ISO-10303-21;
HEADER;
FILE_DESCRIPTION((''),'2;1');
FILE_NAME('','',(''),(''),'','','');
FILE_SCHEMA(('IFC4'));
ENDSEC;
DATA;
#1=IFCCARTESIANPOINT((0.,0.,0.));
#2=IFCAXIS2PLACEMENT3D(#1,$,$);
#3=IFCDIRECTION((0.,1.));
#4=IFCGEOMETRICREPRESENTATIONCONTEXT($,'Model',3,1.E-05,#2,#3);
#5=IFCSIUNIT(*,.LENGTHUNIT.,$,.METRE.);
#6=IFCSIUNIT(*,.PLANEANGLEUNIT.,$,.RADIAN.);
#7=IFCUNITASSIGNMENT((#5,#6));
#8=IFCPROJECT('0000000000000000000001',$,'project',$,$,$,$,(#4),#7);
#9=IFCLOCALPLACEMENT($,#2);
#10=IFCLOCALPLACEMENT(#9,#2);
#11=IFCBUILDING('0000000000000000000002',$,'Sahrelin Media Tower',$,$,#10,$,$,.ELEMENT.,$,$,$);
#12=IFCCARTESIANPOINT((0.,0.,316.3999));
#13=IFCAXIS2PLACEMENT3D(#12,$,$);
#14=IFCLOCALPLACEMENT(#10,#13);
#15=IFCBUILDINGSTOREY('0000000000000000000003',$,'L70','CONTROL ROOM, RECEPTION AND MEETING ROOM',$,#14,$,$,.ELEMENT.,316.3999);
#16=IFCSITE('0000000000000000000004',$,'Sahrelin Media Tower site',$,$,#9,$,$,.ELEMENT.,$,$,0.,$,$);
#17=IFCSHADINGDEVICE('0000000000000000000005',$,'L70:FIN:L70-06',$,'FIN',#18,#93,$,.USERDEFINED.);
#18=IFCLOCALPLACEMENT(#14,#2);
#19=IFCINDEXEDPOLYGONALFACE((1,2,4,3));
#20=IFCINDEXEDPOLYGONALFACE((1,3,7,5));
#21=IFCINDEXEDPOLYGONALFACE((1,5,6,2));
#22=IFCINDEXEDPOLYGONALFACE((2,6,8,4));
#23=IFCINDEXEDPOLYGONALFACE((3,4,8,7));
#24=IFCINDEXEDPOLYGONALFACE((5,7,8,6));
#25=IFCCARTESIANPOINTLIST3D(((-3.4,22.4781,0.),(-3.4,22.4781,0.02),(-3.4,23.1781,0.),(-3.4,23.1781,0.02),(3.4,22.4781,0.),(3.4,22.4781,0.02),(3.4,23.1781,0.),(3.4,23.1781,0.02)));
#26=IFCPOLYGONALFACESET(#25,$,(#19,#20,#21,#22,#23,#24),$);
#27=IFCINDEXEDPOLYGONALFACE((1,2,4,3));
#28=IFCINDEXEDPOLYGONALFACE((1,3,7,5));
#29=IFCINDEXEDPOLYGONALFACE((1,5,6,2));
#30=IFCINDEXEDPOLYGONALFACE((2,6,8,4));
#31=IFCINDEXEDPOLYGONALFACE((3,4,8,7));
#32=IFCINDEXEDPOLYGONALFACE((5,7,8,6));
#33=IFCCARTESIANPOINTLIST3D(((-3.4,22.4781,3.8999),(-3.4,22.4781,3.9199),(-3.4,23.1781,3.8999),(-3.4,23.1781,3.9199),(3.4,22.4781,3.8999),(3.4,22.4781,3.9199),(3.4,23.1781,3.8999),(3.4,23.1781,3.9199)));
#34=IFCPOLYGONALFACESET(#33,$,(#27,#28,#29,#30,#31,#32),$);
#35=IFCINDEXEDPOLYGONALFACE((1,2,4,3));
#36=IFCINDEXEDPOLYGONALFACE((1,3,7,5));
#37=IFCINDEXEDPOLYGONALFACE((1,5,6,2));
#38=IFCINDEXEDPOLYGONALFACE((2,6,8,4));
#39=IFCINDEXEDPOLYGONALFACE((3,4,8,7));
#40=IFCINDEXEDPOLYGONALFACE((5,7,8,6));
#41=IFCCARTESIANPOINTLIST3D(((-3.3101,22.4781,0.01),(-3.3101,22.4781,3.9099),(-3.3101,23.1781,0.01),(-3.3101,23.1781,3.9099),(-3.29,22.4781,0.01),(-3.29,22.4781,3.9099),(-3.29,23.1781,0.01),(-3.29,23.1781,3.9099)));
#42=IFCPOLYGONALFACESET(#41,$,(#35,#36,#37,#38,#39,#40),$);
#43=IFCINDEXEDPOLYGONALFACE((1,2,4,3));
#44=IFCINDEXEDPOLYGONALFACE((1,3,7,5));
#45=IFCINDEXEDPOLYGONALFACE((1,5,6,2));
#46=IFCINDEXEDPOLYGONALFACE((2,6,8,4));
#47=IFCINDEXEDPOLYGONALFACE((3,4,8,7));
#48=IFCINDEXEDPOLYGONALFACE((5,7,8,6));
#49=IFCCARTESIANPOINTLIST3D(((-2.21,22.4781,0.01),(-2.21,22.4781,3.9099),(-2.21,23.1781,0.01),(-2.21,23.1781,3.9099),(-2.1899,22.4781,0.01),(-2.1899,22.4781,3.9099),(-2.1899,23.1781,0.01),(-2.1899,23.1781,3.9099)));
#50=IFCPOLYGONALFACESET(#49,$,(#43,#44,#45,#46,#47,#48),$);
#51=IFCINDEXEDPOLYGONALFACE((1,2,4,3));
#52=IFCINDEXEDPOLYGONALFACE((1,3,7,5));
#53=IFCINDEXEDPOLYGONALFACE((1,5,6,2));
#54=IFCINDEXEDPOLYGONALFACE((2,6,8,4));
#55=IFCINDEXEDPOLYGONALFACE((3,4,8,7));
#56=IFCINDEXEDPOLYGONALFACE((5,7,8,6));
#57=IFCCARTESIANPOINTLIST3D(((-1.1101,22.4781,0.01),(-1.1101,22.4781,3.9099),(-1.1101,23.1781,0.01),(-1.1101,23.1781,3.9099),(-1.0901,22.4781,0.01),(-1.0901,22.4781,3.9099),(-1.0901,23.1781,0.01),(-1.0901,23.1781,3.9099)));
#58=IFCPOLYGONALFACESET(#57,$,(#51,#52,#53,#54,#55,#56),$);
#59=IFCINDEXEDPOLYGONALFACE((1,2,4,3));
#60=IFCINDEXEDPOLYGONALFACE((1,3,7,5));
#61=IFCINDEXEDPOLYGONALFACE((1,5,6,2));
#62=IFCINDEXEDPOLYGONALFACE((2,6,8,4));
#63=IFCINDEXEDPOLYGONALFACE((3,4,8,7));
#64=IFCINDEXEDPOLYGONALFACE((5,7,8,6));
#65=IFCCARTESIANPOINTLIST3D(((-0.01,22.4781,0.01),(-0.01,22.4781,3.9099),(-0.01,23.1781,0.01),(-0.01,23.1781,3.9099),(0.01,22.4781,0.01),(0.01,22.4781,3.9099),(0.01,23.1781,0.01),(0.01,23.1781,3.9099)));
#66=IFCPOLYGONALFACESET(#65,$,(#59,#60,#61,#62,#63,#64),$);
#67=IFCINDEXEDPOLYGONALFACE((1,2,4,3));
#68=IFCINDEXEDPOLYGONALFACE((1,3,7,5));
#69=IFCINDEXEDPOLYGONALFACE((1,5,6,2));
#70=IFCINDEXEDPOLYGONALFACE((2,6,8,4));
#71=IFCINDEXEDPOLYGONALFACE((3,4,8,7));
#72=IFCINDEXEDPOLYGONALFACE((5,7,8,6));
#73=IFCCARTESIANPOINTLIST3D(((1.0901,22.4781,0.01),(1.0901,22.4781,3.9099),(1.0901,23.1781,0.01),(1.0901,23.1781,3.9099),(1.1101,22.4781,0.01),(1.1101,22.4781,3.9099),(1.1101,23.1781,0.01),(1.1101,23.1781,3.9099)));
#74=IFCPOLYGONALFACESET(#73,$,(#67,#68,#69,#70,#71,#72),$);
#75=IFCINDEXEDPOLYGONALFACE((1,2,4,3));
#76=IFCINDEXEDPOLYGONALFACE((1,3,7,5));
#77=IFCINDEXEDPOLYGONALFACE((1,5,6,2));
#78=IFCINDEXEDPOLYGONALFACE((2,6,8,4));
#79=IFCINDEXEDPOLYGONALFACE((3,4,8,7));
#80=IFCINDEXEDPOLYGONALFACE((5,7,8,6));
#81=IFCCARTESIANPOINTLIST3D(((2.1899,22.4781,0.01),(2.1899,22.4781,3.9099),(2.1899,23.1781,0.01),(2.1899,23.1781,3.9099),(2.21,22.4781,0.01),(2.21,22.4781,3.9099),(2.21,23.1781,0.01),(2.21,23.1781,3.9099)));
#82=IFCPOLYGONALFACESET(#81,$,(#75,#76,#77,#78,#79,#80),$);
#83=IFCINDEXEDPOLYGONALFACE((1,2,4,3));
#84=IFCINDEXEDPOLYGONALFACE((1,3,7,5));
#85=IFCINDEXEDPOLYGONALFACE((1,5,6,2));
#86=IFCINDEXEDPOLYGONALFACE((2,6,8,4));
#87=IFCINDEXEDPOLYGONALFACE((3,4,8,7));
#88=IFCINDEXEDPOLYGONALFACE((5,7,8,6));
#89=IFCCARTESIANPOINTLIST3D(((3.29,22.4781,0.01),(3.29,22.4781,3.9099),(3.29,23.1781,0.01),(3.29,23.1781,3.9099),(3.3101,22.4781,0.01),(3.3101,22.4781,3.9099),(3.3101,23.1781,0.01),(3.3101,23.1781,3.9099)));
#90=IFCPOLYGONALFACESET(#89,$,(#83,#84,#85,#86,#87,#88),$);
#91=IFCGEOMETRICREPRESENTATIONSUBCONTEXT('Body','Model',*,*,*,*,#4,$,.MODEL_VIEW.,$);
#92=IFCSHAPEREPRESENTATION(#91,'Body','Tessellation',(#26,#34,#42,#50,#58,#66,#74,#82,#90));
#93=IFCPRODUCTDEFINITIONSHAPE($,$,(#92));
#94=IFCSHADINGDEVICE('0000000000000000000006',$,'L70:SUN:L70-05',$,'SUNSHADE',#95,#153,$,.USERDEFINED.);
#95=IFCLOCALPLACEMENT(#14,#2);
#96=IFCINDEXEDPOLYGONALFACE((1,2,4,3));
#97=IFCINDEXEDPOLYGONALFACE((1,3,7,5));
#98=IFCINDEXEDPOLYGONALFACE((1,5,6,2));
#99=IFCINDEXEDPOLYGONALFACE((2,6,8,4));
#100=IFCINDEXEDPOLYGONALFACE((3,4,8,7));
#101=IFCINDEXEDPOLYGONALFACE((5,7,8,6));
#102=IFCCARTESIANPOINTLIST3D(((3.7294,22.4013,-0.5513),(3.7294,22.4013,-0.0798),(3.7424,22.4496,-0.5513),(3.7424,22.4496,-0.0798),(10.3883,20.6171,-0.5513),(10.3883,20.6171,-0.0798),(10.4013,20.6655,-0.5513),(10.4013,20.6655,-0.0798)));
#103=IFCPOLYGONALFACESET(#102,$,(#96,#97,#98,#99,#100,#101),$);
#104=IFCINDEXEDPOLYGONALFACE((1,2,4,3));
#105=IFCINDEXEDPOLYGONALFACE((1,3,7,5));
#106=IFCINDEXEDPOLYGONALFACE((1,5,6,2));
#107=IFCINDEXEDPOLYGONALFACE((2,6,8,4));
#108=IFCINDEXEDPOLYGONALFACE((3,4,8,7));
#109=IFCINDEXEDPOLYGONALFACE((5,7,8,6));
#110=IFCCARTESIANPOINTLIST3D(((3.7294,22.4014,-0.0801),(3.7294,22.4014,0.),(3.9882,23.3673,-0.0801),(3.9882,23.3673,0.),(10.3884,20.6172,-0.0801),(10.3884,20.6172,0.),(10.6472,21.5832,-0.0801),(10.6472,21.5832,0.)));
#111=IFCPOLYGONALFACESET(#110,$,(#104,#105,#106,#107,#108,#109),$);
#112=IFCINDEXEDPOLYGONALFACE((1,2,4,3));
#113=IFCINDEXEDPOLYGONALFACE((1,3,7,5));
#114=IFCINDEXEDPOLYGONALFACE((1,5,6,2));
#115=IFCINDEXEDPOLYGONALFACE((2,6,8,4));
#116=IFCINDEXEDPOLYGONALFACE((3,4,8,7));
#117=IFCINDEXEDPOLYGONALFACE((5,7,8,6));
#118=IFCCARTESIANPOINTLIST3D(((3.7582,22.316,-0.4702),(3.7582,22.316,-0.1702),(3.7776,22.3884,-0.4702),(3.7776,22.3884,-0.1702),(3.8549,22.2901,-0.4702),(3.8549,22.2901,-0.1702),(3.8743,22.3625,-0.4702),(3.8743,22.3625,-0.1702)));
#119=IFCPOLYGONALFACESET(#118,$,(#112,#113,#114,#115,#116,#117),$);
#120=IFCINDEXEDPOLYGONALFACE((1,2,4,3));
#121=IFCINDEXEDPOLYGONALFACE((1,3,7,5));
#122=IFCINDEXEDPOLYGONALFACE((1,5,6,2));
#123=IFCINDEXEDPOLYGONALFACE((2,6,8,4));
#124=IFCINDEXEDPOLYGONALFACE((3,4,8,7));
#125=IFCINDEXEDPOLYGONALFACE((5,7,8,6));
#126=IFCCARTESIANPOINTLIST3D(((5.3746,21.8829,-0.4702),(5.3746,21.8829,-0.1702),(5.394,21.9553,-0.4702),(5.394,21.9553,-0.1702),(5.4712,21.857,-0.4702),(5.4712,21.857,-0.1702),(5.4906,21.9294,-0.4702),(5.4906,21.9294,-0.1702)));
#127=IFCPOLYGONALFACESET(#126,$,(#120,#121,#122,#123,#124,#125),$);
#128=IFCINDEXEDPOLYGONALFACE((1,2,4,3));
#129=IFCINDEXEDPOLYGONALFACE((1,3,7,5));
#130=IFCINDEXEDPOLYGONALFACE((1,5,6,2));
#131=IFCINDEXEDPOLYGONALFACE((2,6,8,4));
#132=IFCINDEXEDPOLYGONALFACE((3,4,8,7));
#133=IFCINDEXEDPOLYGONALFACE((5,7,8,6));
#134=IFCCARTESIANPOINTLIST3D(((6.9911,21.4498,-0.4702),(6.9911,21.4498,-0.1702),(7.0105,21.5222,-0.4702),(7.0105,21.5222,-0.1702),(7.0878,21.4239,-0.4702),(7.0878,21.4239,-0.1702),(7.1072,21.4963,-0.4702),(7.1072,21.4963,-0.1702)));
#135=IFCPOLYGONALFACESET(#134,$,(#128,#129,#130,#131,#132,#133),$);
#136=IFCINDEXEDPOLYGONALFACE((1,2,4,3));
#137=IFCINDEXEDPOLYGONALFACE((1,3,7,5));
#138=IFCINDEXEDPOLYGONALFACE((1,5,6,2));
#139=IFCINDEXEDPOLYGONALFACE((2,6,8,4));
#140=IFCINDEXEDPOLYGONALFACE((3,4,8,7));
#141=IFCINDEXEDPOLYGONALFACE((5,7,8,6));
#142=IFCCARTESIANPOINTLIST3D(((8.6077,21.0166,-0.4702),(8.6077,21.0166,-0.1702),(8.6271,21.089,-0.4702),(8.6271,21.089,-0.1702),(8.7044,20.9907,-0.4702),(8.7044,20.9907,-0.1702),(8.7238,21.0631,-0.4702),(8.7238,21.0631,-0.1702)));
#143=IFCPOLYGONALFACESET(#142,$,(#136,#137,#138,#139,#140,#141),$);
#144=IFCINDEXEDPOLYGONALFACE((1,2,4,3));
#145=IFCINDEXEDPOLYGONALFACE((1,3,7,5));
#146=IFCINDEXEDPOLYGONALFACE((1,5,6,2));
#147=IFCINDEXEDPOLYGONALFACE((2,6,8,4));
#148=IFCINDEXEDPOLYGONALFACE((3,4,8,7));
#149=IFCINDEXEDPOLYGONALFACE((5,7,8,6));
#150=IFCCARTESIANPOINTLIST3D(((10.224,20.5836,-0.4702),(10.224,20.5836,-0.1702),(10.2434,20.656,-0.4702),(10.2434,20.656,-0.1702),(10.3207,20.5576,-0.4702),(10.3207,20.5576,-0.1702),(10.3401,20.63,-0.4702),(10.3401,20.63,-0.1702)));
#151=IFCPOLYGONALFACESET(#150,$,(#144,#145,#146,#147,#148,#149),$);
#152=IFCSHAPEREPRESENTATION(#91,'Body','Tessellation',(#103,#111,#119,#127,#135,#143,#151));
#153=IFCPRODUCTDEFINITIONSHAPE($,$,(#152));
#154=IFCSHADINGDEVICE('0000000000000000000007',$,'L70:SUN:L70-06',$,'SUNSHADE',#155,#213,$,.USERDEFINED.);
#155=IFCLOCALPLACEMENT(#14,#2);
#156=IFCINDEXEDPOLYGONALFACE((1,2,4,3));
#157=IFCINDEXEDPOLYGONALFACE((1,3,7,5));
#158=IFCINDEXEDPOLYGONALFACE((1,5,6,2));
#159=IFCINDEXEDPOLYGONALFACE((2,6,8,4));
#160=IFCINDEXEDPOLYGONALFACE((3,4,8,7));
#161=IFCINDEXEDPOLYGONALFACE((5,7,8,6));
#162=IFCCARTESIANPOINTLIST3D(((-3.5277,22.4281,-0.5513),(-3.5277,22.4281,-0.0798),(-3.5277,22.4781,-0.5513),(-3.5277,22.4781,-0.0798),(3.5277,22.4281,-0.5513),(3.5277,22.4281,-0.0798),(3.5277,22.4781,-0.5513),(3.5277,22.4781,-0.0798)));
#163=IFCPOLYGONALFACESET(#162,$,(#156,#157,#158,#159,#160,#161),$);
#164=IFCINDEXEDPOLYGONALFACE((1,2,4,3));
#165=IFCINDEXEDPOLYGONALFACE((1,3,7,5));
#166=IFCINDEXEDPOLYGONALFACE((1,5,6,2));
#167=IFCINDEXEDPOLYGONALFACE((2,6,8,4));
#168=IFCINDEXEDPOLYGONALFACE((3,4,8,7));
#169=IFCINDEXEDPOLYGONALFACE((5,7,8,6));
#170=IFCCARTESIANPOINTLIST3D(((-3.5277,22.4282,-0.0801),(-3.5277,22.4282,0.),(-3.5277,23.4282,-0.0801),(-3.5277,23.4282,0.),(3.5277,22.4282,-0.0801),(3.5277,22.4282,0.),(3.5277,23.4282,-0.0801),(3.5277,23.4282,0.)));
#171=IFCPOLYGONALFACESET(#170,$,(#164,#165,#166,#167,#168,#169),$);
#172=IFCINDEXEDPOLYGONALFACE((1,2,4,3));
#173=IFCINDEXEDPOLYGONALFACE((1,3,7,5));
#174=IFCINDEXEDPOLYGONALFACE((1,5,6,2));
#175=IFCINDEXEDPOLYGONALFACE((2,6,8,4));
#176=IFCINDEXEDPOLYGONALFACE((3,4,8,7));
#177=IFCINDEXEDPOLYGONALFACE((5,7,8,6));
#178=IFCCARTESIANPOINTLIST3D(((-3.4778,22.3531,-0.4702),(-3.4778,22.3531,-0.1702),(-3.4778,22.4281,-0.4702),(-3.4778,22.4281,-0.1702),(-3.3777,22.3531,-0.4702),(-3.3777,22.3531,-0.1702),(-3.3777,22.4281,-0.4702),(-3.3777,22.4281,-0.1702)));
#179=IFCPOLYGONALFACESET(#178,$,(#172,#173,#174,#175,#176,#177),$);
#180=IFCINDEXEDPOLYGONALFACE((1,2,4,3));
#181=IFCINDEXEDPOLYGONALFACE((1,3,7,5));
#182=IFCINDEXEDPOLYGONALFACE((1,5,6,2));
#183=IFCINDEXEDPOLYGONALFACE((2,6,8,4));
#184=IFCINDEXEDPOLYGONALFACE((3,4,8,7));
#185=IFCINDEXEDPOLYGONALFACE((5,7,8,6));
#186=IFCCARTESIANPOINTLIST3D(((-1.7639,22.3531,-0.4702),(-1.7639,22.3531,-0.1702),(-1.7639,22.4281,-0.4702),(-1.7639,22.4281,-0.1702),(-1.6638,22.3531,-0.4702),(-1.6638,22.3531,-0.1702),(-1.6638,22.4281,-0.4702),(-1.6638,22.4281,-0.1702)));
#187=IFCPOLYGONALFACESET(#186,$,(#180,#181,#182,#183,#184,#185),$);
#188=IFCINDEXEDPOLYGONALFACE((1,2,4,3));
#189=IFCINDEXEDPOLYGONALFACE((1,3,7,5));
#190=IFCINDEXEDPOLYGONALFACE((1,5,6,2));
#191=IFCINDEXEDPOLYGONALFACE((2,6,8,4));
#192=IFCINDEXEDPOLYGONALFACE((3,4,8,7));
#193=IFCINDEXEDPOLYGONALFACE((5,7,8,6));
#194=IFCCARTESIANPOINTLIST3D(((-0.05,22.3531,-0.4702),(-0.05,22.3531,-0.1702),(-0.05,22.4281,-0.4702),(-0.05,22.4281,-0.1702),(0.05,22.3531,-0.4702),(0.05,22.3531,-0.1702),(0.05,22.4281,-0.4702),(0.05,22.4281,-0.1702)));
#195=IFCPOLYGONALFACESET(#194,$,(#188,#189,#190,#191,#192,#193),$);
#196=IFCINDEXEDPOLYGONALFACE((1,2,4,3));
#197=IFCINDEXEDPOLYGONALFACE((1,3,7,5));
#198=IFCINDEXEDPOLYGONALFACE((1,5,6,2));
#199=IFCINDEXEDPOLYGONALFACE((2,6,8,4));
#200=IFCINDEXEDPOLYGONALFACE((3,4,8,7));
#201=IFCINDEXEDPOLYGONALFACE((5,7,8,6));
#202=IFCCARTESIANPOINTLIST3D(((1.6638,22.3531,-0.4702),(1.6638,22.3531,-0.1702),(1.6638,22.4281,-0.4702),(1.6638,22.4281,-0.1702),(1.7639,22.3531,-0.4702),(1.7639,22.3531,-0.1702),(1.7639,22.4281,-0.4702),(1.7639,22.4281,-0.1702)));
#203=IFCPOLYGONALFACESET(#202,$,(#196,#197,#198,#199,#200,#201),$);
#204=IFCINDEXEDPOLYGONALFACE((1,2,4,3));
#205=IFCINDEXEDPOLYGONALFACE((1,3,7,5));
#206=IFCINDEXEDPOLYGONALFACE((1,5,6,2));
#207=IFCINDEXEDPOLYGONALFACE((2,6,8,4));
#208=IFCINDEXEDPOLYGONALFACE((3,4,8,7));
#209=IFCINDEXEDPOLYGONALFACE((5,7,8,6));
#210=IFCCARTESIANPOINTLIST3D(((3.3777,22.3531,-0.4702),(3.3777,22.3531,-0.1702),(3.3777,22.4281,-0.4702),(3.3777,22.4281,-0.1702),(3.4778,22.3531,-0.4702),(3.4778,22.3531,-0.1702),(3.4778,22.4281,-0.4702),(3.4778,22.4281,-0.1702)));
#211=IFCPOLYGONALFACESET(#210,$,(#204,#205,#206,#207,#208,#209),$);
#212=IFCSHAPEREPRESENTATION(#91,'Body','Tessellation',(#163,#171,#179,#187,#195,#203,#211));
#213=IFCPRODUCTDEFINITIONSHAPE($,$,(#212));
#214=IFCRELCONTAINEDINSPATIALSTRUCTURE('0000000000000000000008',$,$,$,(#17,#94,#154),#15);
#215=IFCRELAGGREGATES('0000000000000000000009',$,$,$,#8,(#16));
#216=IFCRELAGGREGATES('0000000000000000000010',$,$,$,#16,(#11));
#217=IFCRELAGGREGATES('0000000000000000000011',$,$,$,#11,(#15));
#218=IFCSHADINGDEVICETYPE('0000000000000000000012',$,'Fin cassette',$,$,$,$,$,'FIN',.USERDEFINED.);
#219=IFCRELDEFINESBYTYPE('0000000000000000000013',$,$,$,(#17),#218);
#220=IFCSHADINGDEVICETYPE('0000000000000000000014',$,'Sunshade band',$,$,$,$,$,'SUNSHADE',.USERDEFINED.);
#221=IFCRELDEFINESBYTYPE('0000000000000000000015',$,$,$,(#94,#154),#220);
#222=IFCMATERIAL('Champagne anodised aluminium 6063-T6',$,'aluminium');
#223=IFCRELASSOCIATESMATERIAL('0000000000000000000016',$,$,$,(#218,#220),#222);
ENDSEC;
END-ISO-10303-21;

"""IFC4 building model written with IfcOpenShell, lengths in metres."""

from ifc_helpers import new_model, si_unit, direction, frame, origin, origin_2d, place, context, subcontext, project, spatial, rectangle, extrude, material, type_object, element, save


model = new_model("IFC4")

# Units and contexts
model_context = context("Model", 3, precision=1e-05, world=origin(), true_north=direction((0.0, 1.0)))
body_context = subcontext(model_context, "Body", "Model", "MODEL_VIEW")
ifc_project = project(units=[si_unit("LENGTHUNIT", "METRE"), si_unit("PLANEANGLEUNIT", "RADIAN")], contexts=[model_context])

# Site, building, storey
site_placement = place(None, origin())
site = spatial("IfcSite", under=ifc_project, at=site_placement, Name="Sahrelin Media Tower site", CompositionType="ELEMENT", RefElevation=0.0)
building_placement = place(site_placement, origin())
building = spatial("IfcBuilding", under=site, at=building_placement, Name="Sahrelin Media Tower", CompositionType="ELEMENT")
storey_placement = place(building_placement, frame((0.0, 0.0, 316.3999)))
storey = spatial("IfcBuildingStorey", under=building, at=storey_placement, Name="L70", Description="CONTROL ROOM, RECEPTION AND MEETING ROOM", CompositionType="ELEMENT", Elevation=316.3999)

# Shared definitions
ifc_material_1 = material(Name="Champagne anodised aluminium 6063-T6", Category="aluminium")
placement_1 = place(storey_placement, frame((0.0, 22.4082, 0.0), z_axis=(0.0, 0.0, 1.0), x_axis=(1.0, 0.0, 0.0)))

# Shading devices
shading_device_type_1 = type_object("IfcShadingDeviceType", Name="Fin cassette", ElementType="FIN", PredefinedType="USERDEFINED", material=ifc_material_1)
placement_2 = place(storey_placement, frame((7.0537, 21.49, 0.0), z_axis=(0.0, 0.0, 1.0), x_axis=(0.965929, -0.258808, 0.0)))
element("IfcShadingDevice", 1, at=placement_1, inside=storey, type_object=shading_device_type_1, Name="L70:FIN:L70-06", ObjectType="FIN", PredefinedType="USERDEFINED", context=body_context, shape_type="SweptSolid", body=[
    extrude(rectangle(XDim=6.8, YDim=0.7, at=origin_2d()), frame((0.0, 0.4199, 0.0)), (0.0, 0.0, 1.0), 0.02),
    extrude(rectangle(XDim=6.8, YDim=0.7, at=origin_2d()), frame((0.0, 0.4199, 3.8999)), (0.0, 0.0, 1.0), 0.02),
    extrude(rectangle(XDim=0.02, YDim=0.7, at=origin_2d()), frame((-3.3, 0.4199, 0.01), z_axis=(0.0, 0.0, 1.0), x_axis=(1.0, 0.0, 0.0)), (0.0, 0.0, 1.0), 3.8999),
    extrude(rectangle(XDim=0.02, YDim=0.7, at=origin_2d()), frame((-2.2, 0.4199, 0.01), z_axis=(0.0, 0.0, 1.0), x_axis=(1.0, 0.0, 0.0)), (0.0, 0.0, 1.0), 3.8999),
    extrude(rectangle(XDim=0.02, YDim=0.7, at=origin_2d()), frame((-1.1001, 0.4199, 0.01), z_axis=(0.0, 0.0, 1.0), x_axis=(1.0, 0.0, 0.0)), (0.0, 0.0, 1.0), 3.8999),
    extrude(rectangle(XDim=0.02, YDim=0.7, at=origin_2d()), frame((0.0, 0.4199, 0.01), z_axis=(0.0, 0.0, 1.0), x_axis=(1.0, 0.0, 0.0)), (0.0, 0.0, 1.0), 3.8999),
    extrude(rectangle(XDim=0.02, YDim=0.7, at=origin_2d()), frame((1.1001, 0.4199, 0.01), z_axis=(0.0, 0.0, 1.0), x_axis=(1.0, 0.0, 0.0)), (0.0, 0.0, 1.0), 3.8999),
    extrude(rectangle(XDim=0.02, YDim=0.7, at=origin_2d()), frame((2.2, 0.4199, 0.01), z_axis=(0.0, 0.0, 1.0), x_axis=(1.0, 0.0, 0.0)), (0.0, 0.0, 1.0), 3.8999),
    extrude(rectangle(XDim=0.02, YDim=0.7, at=origin_2d()), frame((3.3, 0.4199, 0.01), z_axis=(0.0, 0.0, 1.0), x_axis=(1.0, 0.0, 0.0)), (0.0, 0.0, 1.0), 3.8999),
])
shading_device_type_2 = type_object("IfcShadingDeviceType", Name="Sunshade band", ElementType="SUNSHADE", PredefinedType="USERDEFINED", material=ifc_material_1)
element("IfcShadingDevice", 2, at=placement_2, inside=storey, type_object=shading_device_type_2, Name="L70:SUN:L70-05", ObjectType="SUNSHADE", PredefinedType="USERDEFINED", context=body_context, shape_type="SweptSolid", body=[
    extrude(rectangle(XDim=6.8938, YDim=0.05, at=origin_2d()), frame((0.0, 0.0449, -0.5513)), (0.0, 0.0, 1.0), 0.4714),
    extrude(rectangle(XDim=6.8938, YDim=1.0, at=origin_2d()), frame((0.0, 0.52, -0.0801)), (0.0, 0.0, 1.0), 0.0801),
    extrude(rectangle(XDim=0.1001, YDim=0.075, at=origin_2d()), frame((-3.3469, -0.0176, -0.4702)), (0.0, 0.0, 1.0), 0.3),
    extrude(rectangle(XDim=0.1001, YDim=0.075, at=origin_2d()), frame((-1.6736, -0.0176, -0.4702)), (0.0, 0.0, 1.0), 0.3),
    extrude(rectangle(XDim=0.1001, YDim=0.075, at=origin_2d()), frame((0.0, -0.0176, -0.4702)), (0.0, 0.0, 1.0), 0.3),
    extrude(rectangle(XDim=0.1001, YDim=0.075, at=origin_2d()), frame((1.6736, -0.0176, -0.4702)), (0.0, 0.0, 1.0), 0.3),
    extrude(rectangle(XDim=0.1001, YDim=0.075, at=origin_2d()), frame((3.3469, -0.0176, -0.4702)), (0.0, 0.0, 1.0), 0.3),
])
element("IfcShadingDevice", 3, at=placement_1, inside=storey, type_object=shading_device_type_2, Name="L70:SUN:L70-06", ObjectType="SUNSHADE", PredefinedType="USERDEFINED", context=body_context, shape_type="SweptSolid", body=[
    extrude(rectangle(XDim=7.0554, YDim=0.05, at=origin_2d()), frame((0.0, 0.0449, -0.5513)), (0.0, 0.0, 1.0), 0.4714),
    extrude(rectangle(XDim=7.0554, YDim=1.0, at=origin_2d()), frame((0.0, 0.52, -0.0801)), (0.0, 0.0, 1.0), 0.0801),
    extrude(rectangle(XDim=0.1001, YDim=0.075, at=origin_2d()), frame((-3.4277, -0.0176, -0.4702)), (0.0, 0.0, 1.0), 0.3),
    extrude(rectangle(XDim=0.1001, YDim=0.075, at=origin_2d()), frame((-1.7139, -0.0176, -0.4702)), (0.0, 0.0, 1.0), 0.3),
    extrude(rectangle(XDim=0.1001, YDim=0.075, at=origin_2d()), frame((0.0, -0.0176, -0.4702)), (0.0, 0.0, 1.0), 0.3),
    extrude(rectangle(XDim=0.1001, YDim=0.075, at=origin_2d()), frame((1.7139, -0.0176, -0.4702)), (0.0, 0.0, 1.0), 0.3),
    extrude(rectangle(XDim=0.1001, YDim=0.075, at=origin_2d()), frame((3.4277, -0.0176, -0.4702)), (0.0, 0.0, 1.0), 0.3),
])

save(model, "model.ifc")
